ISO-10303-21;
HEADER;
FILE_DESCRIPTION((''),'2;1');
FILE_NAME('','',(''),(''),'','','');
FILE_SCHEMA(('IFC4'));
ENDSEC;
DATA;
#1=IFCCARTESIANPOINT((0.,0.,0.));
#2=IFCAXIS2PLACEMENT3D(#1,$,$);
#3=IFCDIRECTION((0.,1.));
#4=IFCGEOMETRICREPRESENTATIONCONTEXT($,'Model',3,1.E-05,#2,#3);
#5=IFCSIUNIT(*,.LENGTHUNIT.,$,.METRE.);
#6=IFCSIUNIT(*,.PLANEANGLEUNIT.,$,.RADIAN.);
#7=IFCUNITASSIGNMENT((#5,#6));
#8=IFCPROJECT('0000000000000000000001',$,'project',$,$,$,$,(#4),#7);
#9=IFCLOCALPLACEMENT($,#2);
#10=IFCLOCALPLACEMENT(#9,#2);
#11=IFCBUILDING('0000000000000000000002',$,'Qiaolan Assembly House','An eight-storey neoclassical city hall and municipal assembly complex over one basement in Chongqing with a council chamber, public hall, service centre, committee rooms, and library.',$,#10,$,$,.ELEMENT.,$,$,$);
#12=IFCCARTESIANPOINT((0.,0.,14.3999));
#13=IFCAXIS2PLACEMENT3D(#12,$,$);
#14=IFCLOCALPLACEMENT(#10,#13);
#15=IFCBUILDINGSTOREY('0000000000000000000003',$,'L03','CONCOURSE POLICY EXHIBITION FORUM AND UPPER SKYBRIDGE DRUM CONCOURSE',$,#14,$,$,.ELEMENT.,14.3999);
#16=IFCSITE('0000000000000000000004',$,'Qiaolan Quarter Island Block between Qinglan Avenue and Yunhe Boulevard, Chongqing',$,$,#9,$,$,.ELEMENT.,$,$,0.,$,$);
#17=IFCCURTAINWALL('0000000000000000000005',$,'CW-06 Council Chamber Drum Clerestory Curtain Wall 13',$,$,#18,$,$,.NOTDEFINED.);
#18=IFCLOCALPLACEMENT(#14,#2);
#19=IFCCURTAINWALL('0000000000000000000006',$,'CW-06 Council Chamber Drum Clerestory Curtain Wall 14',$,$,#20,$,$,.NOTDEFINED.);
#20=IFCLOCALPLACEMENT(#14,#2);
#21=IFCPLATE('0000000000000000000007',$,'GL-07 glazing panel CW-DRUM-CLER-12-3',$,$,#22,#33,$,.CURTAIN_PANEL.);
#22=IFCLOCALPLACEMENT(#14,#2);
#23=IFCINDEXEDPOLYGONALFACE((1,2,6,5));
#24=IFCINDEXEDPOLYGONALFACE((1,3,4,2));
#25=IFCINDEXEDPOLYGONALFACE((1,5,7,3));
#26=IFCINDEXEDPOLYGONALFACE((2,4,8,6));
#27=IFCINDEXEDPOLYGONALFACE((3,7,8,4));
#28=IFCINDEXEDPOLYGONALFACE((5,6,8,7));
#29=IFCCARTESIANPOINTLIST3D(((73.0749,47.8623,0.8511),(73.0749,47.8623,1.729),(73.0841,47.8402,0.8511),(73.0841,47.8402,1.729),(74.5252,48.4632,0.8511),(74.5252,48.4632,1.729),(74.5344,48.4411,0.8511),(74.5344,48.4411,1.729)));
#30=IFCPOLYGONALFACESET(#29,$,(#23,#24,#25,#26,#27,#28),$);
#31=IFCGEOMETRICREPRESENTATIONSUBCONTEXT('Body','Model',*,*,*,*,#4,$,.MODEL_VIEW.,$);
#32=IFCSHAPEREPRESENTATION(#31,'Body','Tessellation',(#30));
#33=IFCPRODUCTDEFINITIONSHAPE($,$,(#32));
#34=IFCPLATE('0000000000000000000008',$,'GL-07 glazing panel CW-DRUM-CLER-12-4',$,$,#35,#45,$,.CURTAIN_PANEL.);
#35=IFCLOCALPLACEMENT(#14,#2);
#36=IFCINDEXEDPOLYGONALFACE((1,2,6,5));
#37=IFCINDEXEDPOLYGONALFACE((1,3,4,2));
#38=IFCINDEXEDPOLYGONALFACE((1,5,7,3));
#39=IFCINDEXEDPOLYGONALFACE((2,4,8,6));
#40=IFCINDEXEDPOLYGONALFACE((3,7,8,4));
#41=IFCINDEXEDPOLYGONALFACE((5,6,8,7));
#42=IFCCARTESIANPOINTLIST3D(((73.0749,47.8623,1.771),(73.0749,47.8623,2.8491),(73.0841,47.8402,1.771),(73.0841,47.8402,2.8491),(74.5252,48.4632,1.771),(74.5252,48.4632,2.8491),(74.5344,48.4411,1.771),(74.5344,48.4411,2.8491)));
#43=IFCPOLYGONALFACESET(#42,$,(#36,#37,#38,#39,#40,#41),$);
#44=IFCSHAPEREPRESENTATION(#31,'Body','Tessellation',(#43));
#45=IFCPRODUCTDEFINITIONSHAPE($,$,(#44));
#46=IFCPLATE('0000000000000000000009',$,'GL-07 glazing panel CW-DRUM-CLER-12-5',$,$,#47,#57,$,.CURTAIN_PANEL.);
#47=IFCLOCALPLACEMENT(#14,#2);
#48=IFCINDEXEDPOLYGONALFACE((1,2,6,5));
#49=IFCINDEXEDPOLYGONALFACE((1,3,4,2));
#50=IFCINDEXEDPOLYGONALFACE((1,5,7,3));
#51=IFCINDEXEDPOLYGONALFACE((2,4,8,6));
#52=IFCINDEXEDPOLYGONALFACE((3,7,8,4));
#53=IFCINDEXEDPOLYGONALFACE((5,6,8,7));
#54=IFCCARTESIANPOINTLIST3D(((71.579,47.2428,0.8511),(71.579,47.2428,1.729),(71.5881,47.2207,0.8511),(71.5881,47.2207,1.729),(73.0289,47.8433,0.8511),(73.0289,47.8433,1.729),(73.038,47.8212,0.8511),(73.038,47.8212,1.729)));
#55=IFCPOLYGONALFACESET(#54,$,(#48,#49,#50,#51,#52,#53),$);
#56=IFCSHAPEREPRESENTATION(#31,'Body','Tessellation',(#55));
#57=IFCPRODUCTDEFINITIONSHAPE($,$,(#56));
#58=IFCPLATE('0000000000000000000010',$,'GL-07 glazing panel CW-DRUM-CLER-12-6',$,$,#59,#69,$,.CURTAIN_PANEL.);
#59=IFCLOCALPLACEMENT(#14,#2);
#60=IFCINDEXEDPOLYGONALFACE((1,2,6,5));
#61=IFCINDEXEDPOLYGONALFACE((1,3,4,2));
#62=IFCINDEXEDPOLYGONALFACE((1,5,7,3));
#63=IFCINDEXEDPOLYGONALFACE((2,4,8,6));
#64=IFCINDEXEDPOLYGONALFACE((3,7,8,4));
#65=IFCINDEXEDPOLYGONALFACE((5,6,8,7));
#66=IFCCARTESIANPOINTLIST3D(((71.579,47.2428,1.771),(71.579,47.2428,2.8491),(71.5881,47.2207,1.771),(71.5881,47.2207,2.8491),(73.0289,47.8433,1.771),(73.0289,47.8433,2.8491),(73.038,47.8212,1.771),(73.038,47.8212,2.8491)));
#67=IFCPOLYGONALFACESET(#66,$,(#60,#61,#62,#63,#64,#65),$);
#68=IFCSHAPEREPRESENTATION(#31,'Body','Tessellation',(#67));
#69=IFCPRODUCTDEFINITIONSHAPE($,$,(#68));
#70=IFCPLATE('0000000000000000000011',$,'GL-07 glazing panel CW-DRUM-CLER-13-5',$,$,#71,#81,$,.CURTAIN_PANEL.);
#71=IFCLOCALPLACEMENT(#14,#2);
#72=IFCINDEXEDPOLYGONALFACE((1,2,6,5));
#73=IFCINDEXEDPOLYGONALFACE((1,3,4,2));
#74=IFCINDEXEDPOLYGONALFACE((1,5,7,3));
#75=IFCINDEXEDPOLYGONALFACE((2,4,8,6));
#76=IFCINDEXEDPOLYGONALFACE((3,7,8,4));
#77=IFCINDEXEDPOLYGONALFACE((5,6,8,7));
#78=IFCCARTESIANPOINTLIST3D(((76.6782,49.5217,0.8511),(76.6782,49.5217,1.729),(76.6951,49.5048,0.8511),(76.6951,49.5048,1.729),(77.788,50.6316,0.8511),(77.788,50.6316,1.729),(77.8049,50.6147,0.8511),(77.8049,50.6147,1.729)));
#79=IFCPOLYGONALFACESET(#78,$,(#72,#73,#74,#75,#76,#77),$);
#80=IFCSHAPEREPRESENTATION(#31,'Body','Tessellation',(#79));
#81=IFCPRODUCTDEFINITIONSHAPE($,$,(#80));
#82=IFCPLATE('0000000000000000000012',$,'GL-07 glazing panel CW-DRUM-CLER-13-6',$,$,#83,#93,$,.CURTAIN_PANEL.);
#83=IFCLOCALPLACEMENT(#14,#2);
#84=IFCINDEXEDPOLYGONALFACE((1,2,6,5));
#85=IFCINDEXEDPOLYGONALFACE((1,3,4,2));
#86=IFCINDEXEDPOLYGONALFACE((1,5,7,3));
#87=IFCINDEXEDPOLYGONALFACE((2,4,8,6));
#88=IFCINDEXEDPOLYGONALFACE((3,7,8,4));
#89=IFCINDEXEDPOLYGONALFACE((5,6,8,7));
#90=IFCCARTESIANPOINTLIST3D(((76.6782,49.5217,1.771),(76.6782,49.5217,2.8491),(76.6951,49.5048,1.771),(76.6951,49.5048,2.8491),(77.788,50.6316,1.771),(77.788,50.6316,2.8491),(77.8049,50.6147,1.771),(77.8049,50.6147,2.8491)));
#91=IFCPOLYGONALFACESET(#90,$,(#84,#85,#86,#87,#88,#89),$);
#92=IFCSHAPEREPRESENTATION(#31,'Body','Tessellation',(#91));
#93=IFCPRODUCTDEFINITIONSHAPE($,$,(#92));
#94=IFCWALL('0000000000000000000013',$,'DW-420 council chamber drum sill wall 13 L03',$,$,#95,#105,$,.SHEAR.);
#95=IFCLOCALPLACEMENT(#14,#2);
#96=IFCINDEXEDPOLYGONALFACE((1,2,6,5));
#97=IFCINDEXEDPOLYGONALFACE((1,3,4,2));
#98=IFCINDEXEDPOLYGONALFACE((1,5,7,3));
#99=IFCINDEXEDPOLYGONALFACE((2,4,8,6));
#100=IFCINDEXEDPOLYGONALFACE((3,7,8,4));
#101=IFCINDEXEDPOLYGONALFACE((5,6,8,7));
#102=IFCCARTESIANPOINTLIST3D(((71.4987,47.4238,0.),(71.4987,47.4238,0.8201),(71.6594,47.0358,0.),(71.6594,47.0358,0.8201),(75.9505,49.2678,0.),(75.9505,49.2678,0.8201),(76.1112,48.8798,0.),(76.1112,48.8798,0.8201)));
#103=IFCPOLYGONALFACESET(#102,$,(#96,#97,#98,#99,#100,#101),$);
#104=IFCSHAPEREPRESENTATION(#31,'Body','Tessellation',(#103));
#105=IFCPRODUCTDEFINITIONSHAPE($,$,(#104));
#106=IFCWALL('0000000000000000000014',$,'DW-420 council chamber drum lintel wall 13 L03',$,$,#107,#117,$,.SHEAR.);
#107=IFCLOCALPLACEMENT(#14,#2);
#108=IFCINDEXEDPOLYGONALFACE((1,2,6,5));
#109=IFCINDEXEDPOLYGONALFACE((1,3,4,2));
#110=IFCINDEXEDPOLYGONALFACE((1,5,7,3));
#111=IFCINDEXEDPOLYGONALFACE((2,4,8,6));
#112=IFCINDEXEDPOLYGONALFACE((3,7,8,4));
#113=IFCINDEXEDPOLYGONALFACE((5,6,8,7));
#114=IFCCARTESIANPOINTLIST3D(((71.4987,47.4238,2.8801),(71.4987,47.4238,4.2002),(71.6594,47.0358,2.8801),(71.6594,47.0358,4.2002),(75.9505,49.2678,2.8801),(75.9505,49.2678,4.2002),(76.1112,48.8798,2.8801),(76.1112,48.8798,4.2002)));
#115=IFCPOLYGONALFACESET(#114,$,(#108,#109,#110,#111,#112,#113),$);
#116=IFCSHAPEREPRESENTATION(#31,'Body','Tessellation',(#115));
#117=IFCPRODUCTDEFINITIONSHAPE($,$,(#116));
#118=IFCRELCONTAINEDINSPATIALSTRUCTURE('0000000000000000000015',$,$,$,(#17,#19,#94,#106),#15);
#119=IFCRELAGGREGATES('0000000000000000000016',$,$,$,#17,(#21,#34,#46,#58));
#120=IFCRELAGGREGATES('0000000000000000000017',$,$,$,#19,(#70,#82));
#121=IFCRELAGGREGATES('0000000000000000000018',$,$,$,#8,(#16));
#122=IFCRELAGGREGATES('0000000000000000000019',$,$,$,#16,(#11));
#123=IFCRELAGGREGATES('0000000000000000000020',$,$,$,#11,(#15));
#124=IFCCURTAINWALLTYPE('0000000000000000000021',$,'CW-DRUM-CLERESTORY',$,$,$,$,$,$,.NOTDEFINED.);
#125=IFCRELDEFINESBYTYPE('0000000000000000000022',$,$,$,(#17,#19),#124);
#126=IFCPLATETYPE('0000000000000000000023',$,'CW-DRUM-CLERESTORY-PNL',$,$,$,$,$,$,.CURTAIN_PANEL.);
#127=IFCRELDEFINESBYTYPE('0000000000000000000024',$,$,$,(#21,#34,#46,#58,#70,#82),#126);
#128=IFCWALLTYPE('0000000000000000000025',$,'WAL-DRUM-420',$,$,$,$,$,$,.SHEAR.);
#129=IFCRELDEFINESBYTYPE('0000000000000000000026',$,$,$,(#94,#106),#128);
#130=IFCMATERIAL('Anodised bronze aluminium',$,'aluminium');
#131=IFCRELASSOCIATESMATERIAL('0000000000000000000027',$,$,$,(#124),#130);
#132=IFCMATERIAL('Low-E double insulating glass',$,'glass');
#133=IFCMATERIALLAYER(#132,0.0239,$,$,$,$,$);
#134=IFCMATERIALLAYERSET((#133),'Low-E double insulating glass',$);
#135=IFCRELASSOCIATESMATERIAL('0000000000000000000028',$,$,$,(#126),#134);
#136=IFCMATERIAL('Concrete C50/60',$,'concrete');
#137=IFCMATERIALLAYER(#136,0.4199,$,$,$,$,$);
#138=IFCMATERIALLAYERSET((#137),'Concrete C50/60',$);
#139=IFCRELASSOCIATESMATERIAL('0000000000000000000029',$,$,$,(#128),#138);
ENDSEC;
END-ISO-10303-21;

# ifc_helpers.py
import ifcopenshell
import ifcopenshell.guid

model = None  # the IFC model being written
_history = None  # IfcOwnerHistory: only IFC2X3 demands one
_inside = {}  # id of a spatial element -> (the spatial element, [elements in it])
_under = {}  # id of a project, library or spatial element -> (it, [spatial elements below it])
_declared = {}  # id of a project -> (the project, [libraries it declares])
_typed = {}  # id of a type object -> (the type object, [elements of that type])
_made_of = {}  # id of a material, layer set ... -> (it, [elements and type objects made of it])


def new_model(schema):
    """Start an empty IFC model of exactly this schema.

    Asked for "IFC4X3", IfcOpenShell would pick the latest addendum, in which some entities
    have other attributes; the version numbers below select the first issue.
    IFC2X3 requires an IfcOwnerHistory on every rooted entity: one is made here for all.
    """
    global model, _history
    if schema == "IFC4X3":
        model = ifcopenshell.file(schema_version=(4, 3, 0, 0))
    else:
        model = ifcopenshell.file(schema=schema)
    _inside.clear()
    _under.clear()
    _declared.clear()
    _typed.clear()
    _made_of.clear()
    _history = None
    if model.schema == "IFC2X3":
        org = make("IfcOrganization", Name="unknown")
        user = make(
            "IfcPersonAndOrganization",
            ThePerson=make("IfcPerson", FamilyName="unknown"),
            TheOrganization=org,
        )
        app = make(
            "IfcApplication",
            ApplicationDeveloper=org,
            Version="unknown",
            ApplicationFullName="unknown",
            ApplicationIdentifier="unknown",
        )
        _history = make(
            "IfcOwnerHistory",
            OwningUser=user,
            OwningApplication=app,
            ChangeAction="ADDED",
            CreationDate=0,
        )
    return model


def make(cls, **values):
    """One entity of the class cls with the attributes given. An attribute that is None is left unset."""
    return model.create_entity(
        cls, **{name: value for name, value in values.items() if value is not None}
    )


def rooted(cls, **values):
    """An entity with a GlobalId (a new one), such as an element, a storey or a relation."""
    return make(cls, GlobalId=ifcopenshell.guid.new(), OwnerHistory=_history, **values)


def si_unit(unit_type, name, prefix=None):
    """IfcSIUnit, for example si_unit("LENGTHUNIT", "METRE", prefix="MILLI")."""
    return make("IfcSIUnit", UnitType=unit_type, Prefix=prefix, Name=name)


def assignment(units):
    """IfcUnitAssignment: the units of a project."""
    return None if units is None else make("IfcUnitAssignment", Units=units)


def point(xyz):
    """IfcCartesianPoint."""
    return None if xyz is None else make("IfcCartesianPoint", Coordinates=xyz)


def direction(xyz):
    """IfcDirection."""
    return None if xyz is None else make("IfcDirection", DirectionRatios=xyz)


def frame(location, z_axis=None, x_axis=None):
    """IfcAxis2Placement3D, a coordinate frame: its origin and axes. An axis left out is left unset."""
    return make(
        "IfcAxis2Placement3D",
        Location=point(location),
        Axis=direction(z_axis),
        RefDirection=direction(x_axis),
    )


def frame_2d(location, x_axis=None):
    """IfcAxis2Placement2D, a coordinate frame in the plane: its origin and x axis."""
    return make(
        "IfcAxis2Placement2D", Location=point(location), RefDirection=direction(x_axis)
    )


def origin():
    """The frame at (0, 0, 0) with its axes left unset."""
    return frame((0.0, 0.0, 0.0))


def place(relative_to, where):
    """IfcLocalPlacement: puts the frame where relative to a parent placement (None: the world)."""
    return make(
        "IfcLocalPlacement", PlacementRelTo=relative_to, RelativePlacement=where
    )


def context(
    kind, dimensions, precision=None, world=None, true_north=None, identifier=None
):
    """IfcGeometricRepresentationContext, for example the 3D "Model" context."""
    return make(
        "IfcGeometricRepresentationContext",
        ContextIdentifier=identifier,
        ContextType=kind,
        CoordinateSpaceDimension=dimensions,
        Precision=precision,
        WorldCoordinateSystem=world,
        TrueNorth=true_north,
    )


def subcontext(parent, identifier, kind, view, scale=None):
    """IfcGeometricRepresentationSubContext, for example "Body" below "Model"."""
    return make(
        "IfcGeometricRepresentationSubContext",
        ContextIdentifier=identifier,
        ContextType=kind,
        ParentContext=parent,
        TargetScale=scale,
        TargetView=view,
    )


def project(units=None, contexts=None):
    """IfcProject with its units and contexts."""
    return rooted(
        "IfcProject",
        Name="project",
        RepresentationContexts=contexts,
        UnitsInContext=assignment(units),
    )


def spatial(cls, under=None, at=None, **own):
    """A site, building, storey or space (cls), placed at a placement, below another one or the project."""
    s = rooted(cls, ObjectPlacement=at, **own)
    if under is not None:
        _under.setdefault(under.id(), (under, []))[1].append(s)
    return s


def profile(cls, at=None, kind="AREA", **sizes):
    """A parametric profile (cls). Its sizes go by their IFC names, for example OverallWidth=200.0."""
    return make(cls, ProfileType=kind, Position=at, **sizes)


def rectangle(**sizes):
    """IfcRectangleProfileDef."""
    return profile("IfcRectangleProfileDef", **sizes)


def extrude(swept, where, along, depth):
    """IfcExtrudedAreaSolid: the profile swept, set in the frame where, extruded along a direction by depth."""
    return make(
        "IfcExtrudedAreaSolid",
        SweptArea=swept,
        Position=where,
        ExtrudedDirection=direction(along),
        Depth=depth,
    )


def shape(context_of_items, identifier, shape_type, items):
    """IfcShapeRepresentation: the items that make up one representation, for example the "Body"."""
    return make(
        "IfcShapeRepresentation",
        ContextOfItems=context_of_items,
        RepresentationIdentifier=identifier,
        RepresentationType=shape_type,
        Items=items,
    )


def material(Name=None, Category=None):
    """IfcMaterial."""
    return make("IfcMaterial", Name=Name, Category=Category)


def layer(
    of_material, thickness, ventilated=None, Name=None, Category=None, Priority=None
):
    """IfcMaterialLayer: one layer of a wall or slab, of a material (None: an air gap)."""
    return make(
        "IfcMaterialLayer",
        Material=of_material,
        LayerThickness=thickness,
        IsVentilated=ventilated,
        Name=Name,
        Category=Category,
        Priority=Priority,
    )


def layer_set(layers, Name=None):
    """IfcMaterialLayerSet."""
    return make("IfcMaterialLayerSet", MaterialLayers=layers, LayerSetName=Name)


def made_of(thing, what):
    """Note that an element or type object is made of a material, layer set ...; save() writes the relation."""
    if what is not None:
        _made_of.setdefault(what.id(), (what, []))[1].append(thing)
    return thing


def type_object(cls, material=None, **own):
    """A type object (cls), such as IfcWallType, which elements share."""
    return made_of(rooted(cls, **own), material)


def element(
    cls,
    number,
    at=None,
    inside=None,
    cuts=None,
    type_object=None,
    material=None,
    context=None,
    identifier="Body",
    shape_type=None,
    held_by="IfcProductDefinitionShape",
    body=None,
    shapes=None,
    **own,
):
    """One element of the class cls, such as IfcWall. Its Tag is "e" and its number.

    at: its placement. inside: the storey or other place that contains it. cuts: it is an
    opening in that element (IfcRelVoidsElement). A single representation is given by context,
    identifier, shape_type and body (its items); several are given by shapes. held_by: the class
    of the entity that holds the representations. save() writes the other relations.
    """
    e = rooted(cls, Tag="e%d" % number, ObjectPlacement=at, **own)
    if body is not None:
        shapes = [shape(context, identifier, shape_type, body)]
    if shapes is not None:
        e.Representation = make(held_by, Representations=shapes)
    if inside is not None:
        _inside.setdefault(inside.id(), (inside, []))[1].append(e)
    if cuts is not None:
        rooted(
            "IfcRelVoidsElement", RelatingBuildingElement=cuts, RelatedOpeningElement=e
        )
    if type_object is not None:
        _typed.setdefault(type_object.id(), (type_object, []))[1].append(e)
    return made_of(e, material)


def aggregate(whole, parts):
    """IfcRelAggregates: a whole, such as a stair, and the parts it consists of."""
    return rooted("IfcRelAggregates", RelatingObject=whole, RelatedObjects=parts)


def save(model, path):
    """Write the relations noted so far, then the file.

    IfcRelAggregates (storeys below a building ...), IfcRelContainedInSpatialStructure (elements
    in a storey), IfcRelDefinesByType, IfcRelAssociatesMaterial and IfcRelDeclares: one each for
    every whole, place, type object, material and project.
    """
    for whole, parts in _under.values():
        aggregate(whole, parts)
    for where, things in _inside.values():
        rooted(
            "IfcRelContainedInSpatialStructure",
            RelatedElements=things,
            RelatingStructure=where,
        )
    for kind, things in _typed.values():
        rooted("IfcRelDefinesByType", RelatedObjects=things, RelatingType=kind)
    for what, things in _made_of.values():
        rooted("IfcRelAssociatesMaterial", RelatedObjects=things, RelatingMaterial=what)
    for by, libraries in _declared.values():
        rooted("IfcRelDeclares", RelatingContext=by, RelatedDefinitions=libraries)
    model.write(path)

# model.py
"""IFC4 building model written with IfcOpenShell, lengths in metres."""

from ifc_helpers import new_model, si_unit, direction, frame, frame_2d, origin, place, context, subcontext, project, spatial, rectangle, extrude, material, layer, layer_set, type_object, element, aggregate, save


model = new_model("IFC4")

# Units and contexts
model_context = context("Model", 3, precision=1e-05, world=origin(), true_north=direction((0.0, 1.0)))
body_context = subcontext(model_context, "Body", "Model", "MODEL_VIEW")
ifc_project = project(units=[si_unit("LENGTHUNIT", "METRE"), si_unit("PLANEANGLEUNIT", "RADIAN")], contexts=[model_context])

# Site, building, storey
site_placement = place(None, origin())
site = spatial("IfcSite", under=ifc_project, at=site_placement, Name="Qiaolan Quarter Island Block between Qinglan Avenue and Yunhe Boulevard, Chongqing", CompositionType="ELEMENT", RefElevation=0.0)
building_placement = place(site_placement, origin())
building = spatial("IfcBuilding", under=site, at=building_placement, Name="Qiaolan Assembly House", Description="An eight-storey neoclassical city hall and municipal assembly complex over one basement in Chongqing with a council chamber, public hall, service centre, committee rooms, and library.", CompositionType="ELEMENT")
storey_placement = place(building_placement, frame((0.0, 0.0, 14.3999)))
storey = spatial("IfcBuildingStorey", under=building, at=storey_placement, Name="L03", Description="CONCOURSE POLICY EXHIBITION FORUM AND UPPER SKYBRIDGE DRUM CONCOURSE", CompositionType="ELEMENT", Elevation=14.3999)

# Curtain walls
ifc_material_1 = material(Name="Anodised bronze aluminium", Category="aluminium")
curtain_wall_type = type_object("IfcCurtainWallType", Name="CW-DRUM-CLERESTORY", PredefinedType="NOTDEFINED", material=ifc_material_1)
curtain_wall_1_placement = place(storey_placement, origin())
curtain_wall_1 = element("IfcCurtainWall", 1, at=curtain_wall_1_placement, inside=storey, type_object=curtain_wall_type, Name="CW-06 Council Chamber Drum Clerestory Curtain Wall 13", PredefinedType="NOTDEFINED")
curtain_wall_2_placement = place(storey_placement, origin())
curtain_wall_2 = element("IfcCurtainWall", 2, at=curtain_wall_2_placement, inside=storey, type_object=curtain_wall_type, Name="CW-06 Council Chamber Drum Clerestory Curtain Wall 14", PredefinedType="NOTDEFINED")

# Plates
ifc_material_2 = material(Name="Low-E double insulating glass", Category="glass")
ifc_layer_1 = layer(ifc_material_2, 0.0239)
ifc_layer_set_1 = layer_set([ifc_layer_1], Name="Low-E double insulating glass")
plate_type = type_object("IfcPlateType", Name="CW-DRUM-CLERESTORY-PNL", PredefinedType="CURTAIN_PANEL", material=ifc_layer_set_1)
plate_1_placement = place(storey_placement, frame((74.5298, 48.4521, 0.8511), z_axis=(0.0, 0.0, 1.0), x_axis=(-0.923848, -0.382759, 0.0)))
plate_1 = element("IfcPlate", 3, at=plate_1_placement, type_object=plate_type, Name="GL-07 glazing panel CW-DRUM-CLER-12-3", PredefinedType="CURTAIN_PANEL", context=body_context, shape_type="SweptSolid", body=[
    extrude(rectangle(XDim=1.5698, YDim=0.0239, at=frame_2d((0.7849, 0.0))), origin(), (0.0, 0.0, 1.0), 0.8779),
])
plate_2_placement = place(storey_placement, frame((74.5298, 48.4521, 1.771), z_axis=(0.0, 0.0, 1.0), x_axis=(-0.923848, -0.382759, 0.0)))
plate_2 = element("IfcPlate", 4, at=plate_2_placement, type_object=plate_type, Name="GL-07 glazing panel CW-DRUM-CLER-12-4", PredefinedType="CURTAIN_PANEL", context=body_context, shape_type="SweptSolid", body=[
    extrude(rectangle(XDim=1.5698, YDim=0.0239, at=frame_2d((0.7849, 0.0))), origin(), (0.0, 0.0, 1.0), 1.0781),
])
plate_3_placement = place(storey_placement, frame((73.0334, 47.8323, 0.8511), z_axis=(0.0, 0.0, 1.0), x_axis=(-0.92388, -0.382682, 0.0)))
plate_3 = element("IfcPlate", 5, at=plate_3_placement, type_object=plate_type, Name="GL-07 glazing panel CW-DRUM-CLER-12-5", PredefinedType="CURTAIN_PANEL", context=body_context, shape_type="SweptSolid", body=[
    extrude(rectangle(XDim=1.5693, YDim=0.0239, at=frame_2d((0.7847, 0.0))), origin(), (0.0, 0.0, 1.0), 0.8779),
])
plate_4_placement = place(storey_placement, frame((73.0334, 47.8323, 1.771), z_axis=(0.0, 0.0, 1.0), x_axis=(-0.92388, -0.382682, 0.0)))
plate_4 = element("IfcPlate", 6, at=plate_4_placement, type_object=plate_type, Name="GL-07 glazing panel CW-DRUM-CLER-12-6", PredefinedType="CURTAIN_PANEL", context=body_context, shape_type="SweptSolid", body=[
    extrude(rectangle(XDim=1.5693, YDim=0.0239, at=frame_2d((0.7847, 0.0))), origin(), (0.0, 0.0, 1.0), 1.0781),
])
aggregate(curtain_wall_1, [plate_1, plate_2, plate_3, plate_4])
plate_5_placement = place(storey_placement, frame((77.7964, 50.623, 0.8511), z_axis=(0.0, 0.0, 1.0), x_axis=(-0.707107, -0.707107, 0.0)))
plate_5 = element("IfcPlate", 7, at=plate_5_placement, type_object=plate_type, Name="GL-07 glazing panel CW-DRUM-CLER-13-5", PredefinedType="CURTAIN_PANEL", context=body_context, shape_type="SweptSolid", body=[
    extrude(rectangle(XDim=1.5696, YDim=0.0239, at=frame_2d((0.7847, 0.0))), origin(), (0.0, 0.0, 1.0), 0.8779),
])
plate_6_placement = place(storey_placement, frame((77.7964, 50.623, 1.771), z_axis=(0.0, 0.0, 1.0), x_axis=(-0.707107, -0.707107, 0.0)))
plate_6 = element("IfcPlate", 8, at=plate_6_placement, type_object=plate_type, Name="GL-07 glazing panel CW-DRUM-CLER-13-6", PredefinedType="CURTAIN_PANEL", context=body_context, shape_type="SweptSolid", body=[
    extrude(rectangle(XDim=1.5696, YDim=0.0239, at=frame_2d((0.7847, 0.0))), origin(), (0.0, 0.0, 1.0), 1.0781),
])
aggregate(curtain_wall_2, [plate_5, plate_6])

# Walls
ifc_material_3 = material(Name="Concrete C50/60", Category="concrete")
ifc_layer_2 = layer(ifc_material_3, 0.4199)
ifc_layer_set_2 = layer_set([ifc_layer_2], Name="Concrete C50/60")
wall_type = type_object("IfcWallType", Name="WAL-DRUM-420", PredefinedType="SHEAR", material=ifc_layer_set_2)
wall_1_placement = place(storey_placement, frame((76.0308, 49.0737, 0.0), z_axis=(0.0, 0.0, 1.0), x_axis=(-0.923883, -0.382675, 0.0)))
element("IfcWall", 9, at=wall_1_placement, inside=storey, type_object=wall_type, Name="DW-420 council chamber drum sill wall 13 L03", PredefinedType="SHEAR", context=body_context, shape_type="SweptSolid", body=[
    extrude(rectangle(XDim=4.8186, YDim=0.4199, at=frame_2d((2.4092, 0.0))), origin(), (0.0, 0.0, 1.0), 0.8201),
])
wall_2_placement = place(storey_placement, frame((76.0308, 49.0737, 2.8801), z_axis=(0.0, 0.0, 1.0), x_axis=(-0.923883, -0.382675, 0.0)))
element("IfcWall", 10, at=wall_2_placement, inside=storey, type_object=wall_type, Name="DW-420 council chamber drum lintel wall 13 L03", PredefinedType="SHEAR", context=body_context, shape_type="SweptSolid", body=[
    extrude(rectangle(XDim=4.8186, YDim=0.4199, at=frame_2d((2.4092, 0.0))), origin(), (0.0, 0.0, 1.0), 1.3201),
])

save(model, "model.ifc")
